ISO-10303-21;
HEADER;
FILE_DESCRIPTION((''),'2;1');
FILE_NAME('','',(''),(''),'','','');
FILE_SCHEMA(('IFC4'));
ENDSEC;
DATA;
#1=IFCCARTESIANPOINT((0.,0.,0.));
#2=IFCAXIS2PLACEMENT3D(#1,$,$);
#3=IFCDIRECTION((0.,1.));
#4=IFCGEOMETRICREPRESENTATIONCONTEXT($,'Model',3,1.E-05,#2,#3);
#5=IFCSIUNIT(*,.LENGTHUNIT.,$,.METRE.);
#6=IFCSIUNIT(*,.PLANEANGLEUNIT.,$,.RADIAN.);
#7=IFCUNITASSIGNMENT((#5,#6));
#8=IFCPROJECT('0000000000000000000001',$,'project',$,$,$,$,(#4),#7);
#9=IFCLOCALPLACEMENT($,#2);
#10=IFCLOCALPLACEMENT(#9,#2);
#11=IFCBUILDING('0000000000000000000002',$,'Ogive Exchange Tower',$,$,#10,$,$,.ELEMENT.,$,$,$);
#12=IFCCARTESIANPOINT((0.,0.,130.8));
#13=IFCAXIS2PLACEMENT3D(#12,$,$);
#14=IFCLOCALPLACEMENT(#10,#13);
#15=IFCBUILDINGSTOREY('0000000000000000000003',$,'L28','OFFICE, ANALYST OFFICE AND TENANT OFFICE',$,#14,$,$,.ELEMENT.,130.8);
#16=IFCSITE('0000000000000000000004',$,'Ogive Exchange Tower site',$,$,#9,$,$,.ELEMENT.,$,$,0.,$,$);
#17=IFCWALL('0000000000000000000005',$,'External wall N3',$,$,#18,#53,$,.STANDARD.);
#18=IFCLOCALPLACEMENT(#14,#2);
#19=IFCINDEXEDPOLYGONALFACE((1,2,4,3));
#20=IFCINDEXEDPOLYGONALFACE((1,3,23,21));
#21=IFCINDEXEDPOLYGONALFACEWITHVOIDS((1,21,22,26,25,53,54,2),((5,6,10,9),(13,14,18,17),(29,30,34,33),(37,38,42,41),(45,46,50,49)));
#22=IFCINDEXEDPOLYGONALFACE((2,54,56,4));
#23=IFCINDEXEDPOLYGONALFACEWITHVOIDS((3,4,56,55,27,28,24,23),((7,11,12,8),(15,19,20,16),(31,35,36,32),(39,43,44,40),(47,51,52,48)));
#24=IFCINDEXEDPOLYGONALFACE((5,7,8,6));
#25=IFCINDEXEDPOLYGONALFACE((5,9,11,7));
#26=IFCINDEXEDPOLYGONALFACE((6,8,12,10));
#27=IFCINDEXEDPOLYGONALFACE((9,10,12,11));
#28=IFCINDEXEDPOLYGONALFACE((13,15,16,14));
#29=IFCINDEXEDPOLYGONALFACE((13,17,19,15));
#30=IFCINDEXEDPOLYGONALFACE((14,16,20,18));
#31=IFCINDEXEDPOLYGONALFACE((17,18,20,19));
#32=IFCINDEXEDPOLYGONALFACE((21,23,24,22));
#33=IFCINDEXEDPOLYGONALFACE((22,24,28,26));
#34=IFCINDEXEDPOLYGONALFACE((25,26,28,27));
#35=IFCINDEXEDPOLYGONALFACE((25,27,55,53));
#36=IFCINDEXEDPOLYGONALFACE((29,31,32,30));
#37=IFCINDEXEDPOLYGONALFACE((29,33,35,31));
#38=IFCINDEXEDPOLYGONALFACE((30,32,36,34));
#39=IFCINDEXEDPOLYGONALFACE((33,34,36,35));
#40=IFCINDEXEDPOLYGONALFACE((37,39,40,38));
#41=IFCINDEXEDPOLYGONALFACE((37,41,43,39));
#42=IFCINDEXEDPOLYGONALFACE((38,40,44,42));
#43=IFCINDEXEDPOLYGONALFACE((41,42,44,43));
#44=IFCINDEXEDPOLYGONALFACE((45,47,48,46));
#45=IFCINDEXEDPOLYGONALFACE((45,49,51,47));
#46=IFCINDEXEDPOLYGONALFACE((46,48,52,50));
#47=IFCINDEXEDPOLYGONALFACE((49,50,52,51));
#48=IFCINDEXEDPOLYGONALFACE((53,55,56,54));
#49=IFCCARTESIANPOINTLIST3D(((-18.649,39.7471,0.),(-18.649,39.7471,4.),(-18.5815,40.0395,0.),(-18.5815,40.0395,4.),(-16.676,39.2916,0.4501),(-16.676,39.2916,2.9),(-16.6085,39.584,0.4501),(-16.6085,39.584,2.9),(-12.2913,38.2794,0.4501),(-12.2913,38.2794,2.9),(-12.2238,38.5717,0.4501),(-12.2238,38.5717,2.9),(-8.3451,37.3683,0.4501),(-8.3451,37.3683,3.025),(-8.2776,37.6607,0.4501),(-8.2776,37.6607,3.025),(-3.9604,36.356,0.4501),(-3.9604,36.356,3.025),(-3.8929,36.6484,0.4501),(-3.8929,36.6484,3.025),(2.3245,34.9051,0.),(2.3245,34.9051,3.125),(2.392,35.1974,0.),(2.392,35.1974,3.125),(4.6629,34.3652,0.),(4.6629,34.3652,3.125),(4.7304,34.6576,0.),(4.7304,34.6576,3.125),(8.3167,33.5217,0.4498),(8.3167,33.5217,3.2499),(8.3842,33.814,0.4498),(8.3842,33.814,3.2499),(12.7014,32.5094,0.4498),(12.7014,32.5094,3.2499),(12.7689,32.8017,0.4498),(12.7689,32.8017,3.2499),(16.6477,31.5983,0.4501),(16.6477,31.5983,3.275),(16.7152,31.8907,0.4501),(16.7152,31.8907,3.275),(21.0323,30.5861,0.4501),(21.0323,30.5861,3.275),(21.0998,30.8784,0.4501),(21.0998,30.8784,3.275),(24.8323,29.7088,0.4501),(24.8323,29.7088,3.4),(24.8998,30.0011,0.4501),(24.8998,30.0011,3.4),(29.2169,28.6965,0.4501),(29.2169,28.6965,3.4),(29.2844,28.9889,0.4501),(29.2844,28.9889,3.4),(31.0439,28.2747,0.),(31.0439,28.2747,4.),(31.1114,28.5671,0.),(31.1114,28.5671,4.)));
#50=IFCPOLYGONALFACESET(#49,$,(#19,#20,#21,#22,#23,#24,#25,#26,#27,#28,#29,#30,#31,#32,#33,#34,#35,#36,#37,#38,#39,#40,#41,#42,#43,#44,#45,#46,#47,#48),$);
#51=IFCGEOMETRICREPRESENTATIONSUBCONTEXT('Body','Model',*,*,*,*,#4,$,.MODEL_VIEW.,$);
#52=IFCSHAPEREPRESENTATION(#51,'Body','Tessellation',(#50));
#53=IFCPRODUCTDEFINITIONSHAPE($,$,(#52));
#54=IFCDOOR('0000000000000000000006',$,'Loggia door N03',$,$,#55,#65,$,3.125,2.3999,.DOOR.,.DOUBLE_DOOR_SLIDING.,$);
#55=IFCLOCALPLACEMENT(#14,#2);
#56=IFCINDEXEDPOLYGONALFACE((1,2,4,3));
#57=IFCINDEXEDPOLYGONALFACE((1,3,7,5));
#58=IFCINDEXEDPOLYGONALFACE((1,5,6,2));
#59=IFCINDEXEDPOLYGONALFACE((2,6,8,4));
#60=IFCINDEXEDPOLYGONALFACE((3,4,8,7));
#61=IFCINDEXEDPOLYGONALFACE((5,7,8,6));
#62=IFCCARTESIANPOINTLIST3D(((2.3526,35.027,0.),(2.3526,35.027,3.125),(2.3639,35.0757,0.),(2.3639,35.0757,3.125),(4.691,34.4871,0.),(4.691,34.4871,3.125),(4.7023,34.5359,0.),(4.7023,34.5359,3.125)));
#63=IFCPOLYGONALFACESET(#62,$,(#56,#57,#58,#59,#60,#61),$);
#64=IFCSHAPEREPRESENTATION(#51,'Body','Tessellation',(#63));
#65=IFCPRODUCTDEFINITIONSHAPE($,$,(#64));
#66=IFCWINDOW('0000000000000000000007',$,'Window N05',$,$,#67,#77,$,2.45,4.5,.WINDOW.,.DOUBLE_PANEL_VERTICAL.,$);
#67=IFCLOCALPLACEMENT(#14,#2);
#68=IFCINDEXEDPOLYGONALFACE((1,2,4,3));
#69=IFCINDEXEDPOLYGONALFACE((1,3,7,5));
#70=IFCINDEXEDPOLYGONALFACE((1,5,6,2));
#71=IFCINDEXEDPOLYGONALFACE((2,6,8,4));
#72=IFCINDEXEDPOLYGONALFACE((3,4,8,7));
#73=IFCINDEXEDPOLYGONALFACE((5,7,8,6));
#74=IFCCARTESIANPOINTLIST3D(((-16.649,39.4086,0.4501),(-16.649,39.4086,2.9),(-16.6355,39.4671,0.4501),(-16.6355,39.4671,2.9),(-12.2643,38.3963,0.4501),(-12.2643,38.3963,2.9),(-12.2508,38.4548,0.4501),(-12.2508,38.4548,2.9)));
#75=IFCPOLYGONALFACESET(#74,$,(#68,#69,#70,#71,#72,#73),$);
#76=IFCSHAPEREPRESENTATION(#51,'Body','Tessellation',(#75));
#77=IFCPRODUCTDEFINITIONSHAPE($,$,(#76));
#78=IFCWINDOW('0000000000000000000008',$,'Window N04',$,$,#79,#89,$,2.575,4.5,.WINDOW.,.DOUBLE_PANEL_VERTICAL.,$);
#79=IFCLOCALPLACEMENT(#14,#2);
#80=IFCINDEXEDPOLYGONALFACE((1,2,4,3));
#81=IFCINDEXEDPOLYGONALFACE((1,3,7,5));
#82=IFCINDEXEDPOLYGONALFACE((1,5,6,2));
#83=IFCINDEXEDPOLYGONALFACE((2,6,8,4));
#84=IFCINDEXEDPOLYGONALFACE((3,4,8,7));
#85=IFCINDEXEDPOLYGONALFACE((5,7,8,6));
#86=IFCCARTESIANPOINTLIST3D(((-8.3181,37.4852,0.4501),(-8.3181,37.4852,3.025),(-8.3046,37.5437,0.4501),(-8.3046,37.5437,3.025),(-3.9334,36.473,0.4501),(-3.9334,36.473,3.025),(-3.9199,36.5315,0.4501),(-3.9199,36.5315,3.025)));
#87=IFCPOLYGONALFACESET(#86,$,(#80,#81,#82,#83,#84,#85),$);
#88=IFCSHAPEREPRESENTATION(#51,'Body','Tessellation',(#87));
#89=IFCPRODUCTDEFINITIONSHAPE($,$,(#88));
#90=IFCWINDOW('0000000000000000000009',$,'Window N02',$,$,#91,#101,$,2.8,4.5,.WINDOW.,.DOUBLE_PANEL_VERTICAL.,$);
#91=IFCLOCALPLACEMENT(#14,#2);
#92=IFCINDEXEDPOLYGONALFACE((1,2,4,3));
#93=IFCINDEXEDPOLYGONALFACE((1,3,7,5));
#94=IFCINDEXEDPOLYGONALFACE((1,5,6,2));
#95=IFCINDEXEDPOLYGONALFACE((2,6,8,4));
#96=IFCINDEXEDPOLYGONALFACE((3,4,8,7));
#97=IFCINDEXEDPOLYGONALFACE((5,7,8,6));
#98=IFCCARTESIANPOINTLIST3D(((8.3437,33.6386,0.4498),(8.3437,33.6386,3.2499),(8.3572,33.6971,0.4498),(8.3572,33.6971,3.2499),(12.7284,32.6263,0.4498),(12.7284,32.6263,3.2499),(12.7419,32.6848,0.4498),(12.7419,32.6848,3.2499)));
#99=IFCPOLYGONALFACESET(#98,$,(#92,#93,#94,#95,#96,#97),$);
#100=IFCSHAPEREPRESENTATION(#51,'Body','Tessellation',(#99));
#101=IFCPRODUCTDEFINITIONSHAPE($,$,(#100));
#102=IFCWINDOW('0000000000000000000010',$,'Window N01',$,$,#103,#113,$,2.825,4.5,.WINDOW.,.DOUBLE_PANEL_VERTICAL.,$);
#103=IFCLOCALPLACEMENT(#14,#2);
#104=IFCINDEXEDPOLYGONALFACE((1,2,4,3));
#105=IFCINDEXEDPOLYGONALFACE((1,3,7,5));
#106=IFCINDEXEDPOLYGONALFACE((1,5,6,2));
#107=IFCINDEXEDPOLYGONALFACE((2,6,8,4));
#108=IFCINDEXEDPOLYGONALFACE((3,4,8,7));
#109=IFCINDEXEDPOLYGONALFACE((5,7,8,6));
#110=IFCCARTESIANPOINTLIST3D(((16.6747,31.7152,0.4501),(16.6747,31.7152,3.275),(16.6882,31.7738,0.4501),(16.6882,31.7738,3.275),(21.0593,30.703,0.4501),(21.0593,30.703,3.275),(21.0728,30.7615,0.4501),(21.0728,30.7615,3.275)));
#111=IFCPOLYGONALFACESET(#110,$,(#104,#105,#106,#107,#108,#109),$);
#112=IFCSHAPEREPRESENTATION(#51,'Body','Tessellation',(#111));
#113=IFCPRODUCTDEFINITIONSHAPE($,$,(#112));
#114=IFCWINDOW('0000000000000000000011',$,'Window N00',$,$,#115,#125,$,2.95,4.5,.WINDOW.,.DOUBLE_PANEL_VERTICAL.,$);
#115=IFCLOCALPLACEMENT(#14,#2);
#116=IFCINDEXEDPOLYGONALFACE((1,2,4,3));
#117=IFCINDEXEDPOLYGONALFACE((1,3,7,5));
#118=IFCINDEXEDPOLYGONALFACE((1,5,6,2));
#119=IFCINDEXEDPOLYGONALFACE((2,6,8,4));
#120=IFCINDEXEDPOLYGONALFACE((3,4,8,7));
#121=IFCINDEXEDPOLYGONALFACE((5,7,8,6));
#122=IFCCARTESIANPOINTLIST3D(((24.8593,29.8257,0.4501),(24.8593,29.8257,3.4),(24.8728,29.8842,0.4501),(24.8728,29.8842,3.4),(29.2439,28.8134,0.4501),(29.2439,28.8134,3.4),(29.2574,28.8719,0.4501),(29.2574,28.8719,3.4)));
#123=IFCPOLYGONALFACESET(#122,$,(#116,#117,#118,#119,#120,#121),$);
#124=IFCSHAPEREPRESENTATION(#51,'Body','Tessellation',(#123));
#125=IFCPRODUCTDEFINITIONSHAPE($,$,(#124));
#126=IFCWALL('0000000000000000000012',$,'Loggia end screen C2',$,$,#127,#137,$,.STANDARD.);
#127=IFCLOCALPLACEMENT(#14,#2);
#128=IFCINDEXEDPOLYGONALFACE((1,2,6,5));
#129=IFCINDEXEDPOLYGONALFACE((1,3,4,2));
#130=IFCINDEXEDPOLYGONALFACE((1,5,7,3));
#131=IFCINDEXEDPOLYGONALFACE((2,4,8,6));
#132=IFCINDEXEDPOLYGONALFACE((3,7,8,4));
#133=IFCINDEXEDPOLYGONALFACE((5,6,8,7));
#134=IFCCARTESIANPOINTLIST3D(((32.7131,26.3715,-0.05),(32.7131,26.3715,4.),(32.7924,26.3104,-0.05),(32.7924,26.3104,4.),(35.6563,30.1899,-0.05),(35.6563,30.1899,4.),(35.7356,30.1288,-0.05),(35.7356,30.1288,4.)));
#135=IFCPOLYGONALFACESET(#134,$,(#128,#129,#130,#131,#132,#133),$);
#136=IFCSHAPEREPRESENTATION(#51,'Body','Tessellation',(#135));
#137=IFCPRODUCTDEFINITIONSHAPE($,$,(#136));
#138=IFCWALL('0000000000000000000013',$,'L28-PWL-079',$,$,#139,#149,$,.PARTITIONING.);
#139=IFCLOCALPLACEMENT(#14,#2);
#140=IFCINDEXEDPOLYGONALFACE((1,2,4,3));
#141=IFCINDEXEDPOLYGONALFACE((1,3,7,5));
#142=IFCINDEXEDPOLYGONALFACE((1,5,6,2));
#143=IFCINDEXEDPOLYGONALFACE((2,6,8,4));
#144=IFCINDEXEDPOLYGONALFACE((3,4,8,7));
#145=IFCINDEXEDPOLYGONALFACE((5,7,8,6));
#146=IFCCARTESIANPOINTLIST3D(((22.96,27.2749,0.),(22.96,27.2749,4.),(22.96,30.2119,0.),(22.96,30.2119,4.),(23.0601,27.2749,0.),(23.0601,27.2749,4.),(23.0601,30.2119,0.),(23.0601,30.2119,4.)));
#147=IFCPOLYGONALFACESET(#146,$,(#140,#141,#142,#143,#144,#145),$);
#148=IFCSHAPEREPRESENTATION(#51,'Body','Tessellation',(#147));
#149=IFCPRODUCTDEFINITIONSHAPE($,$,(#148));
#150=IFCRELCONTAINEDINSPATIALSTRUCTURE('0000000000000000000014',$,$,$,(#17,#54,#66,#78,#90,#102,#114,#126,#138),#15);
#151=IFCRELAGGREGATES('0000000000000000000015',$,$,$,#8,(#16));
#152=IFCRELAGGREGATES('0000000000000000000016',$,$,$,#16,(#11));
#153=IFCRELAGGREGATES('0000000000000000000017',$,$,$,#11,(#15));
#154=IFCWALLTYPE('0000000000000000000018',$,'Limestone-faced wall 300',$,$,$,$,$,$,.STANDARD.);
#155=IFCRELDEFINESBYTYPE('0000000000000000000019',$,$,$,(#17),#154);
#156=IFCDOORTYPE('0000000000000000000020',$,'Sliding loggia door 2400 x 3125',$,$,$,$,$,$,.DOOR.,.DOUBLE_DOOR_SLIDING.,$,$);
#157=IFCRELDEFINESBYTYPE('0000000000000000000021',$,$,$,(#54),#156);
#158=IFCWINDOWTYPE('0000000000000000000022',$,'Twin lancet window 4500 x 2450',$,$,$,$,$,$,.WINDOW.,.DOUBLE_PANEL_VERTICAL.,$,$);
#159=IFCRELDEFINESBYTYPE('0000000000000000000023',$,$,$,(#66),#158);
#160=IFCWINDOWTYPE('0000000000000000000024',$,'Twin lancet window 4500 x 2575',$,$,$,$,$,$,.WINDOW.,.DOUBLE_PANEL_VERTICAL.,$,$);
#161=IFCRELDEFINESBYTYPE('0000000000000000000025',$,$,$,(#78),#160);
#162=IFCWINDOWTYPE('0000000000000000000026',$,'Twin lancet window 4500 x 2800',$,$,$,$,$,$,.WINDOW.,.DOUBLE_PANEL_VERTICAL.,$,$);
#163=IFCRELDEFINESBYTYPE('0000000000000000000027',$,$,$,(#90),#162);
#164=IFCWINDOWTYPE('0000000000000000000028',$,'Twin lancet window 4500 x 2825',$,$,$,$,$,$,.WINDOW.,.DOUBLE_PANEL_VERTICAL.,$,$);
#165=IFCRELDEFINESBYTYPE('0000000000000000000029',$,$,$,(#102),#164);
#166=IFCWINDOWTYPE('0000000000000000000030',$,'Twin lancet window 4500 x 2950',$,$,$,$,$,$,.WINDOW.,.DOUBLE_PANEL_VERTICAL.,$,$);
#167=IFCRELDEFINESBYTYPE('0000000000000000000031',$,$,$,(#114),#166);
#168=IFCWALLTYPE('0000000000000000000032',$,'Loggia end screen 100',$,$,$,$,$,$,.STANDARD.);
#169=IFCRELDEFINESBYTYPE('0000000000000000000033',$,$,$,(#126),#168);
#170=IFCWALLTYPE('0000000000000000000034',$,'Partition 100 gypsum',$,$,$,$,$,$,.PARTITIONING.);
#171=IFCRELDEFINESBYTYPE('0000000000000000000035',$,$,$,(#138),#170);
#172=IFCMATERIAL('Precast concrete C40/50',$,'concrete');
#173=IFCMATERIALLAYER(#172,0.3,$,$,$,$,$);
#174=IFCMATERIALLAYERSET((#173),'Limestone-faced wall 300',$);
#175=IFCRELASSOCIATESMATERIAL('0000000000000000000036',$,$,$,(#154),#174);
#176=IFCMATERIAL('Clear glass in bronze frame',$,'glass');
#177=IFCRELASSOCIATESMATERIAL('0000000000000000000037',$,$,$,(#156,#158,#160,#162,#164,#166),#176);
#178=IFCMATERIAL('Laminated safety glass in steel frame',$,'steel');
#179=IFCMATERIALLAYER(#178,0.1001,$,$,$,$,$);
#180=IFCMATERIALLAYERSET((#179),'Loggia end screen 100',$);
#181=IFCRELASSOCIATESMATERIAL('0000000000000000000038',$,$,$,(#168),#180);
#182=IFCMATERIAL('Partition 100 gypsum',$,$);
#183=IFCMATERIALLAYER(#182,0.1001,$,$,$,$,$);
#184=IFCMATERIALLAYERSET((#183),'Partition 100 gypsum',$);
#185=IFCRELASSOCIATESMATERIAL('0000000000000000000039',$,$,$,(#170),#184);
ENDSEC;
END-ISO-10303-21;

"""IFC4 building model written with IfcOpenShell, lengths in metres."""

from ifc_helpers import new_model, si_unit, direction, frame, frame_2d, origin, place, context, subcontext, project, spatial, rectangle, extrude, material, layer, layer_set, type_object, element, fill, save


model = new_model("IFC4")

# Units and contexts
model_context = context("Model", 3, precision=1e-05, world=origin(), true_north=direction((0.0, 1.0)))
body_context = subcontext(model_context, "Body", "Model", "MODEL_VIEW")
ifc_project = project(units=[si_unit("LENGTHUNIT", "METRE"), si_unit("PLANEANGLEUNIT", "RADIAN")], contexts=[model_context])

# Site, building, storey
site_placement = place(None, origin())
site = spatial("IfcSite", under=ifc_project, at=site_placement, Name="Ogive Exchange Tower site", CompositionType="ELEMENT", RefElevation=0.0)
building_placement = place(site_placement, origin())
building = spatial("IfcBuilding", under=site, at=building_placement, Name="Ogive Exchange Tower", CompositionType="ELEMENT")
storey_placement = place(building_placement, frame((0.0, 0.0, 130.8)))
storey = spatial("IfcBuildingStorey", under=building, at=storey_placement, Name="L28", Description="OFFICE, ANALYST OFFICE AND TENANT OFFICE", CompositionType="ELEMENT", Elevation=130.8)

# Wall, openings, door, windows
ifc_material_1 = material(Name="Precast concrete C40/50", Category="concrete")
ifc_layer_1 = layer(ifc_material_1, 0.3)
ifc_layer_set_1 = layer_set([ifc_layer_1], Name="Limestone-faced wall 300")
wall_type_1 = type_object("IfcWallType", Name="Limestone-faced wall 300", PredefinedType="STANDARD", material=ifc_layer_set_1)
wall_1_placement = place(storey_placement, frame((31.0776, 28.4209, 0.0), z_axis=(0.0, 0.0, 1.0), x_axis=(-0.97437, 0.224949, 0.0)))
wall_1 = element("IfcWall", 1, at=wall_1_placement, inside=storey, type_object=wall_type_1, Name="External wall N3", PredefinedType="STANDARD", context=body_context, shape_type="SweptSolid", body=[
    extrude(rectangle(XDim=51.0, YDim=0.3, at=frame_2d((25.5, 0.0))), origin(), (0.0, 0.0, 1.0), 4.0),
])
opening_1_placement = place(wall_1_placement, frame((1.875, 0.0, 0.45)))
opening_1 = element("IfcOpeningElement", 2, at=opening_1_placement, cuts=wall_1, PredefinedType="OPENING", context=body_context, shape_type="SweptSolid", body=[
    extrude(rectangle(XDim=4.5, YDim=2.95, at=frame_2d((2.25, 1.4751))), frame((0.0, 0.1599, 0.0), z_axis=(0.0, -1.0, 0.0), x_axis=(1.0, 0.0, 0.0)), (0.0, 0.0, 1.0), 0.3201),
])
opening_2_placement = place(wall_1_placement, frame((10.2749, 0.0, 0.45)))
opening_2 = element("IfcOpeningElement", 3, at=opening_2_placement, cuts=wall_1, PredefinedType="OPENING", context=body_context, shape_type="SweptSolid", body=[
    extrude(rectangle(XDim=4.5, YDim=2.825, at=frame_2d((2.25, 1.4126))), frame((0.0, 0.1599, 0.0), z_axis=(0.0, -1.0, 0.0), x_axis=(1.0, 0.0, 0.0)), (0.0, 0.0, 1.0), 0.3201),
])
opening_3_placement = place(wall_1_placement, frame((18.825, 0.0, 0.45)))
opening_3 = element("IfcOpeningElement", 4, at=opening_3_placement, cuts=wall_1, PredefinedType="OPENING", context=body_context, shape_type="SweptSolid", body=[
    extrude(rectangle(XDim=4.5, YDim=2.8, at=frame_2d((2.25, 1.3999))), frame((0.0, 0.1599, 0.0), z_axis=(0.0, -1.0, 0.0), x_axis=(1.0, 0.0, 0.0)), (0.0, 0.0, 1.0), 0.3201),
])
opening_4_placement = place(wall_1_placement, frame((27.075, 0.0, 0.0)))
opening_4 = element("IfcOpeningElement", 5, at=opening_4_placement, cuts=wall_1, PredefinedType="OPENING", context=body_context, shape_type="SweptSolid", body=[
    extrude(rectangle(XDim=2.3999, YDim=3.125, at=frame_2d((1.2, 1.5625))), frame((0.0, 0.1599, 0.0), z_axis=(0.0, -1.0, 0.0), x_axis=(1.0, 0.0, 0.0)), (0.0, 0.0, 1.0), 0.3201),
])
opening_5_placement = place(wall_1_placement, frame((35.925, 0.0, 0.45)))
opening_5 = element("IfcOpeningElement", 6, at=opening_5_placement, cuts=wall_1, PredefinedType="OPENING", context=body_context, shape_type="SweptSolid", body=[
    extrude(rectangle(XDim=4.5, YDim=2.575, at=frame_2d((2.25, 1.2876))), frame((0.0, 0.1599, 0.0), z_axis=(0.0, -1.0, 0.0), x_axis=(1.0, 0.0, 0.0)), (0.0, 0.0, 1.0), 0.3201),
])
opening_6_placement = place(wall_1_placement, frame((44.4751, 0.0, 0.45)))
opening_6 = element("IfcOpeningElement", 7, at=opening_6_placement, cuts=wall_1, PredefinedType="OPENING", context=body_context, shape_type="SweptSolid", body=[
    extrude(rectangle(XDim=4.5, YDim=2.45, at=frame_2d((2.25, 1.2251))), frame((0.0, 0.1599, 0.0), z_axis=(0.0, -1.0, 0.0), x_axis=(1.0, 0.0, 0.0)), (0.0, 0.0, 1.0), 0.3201),
])
ifc_material_2 = material(Name="Clear glass in bronze frame", Category="glass")
door_type_1 = type_object("IfcDoorType", Name="Sliding loggia door 2400 x 3125", OperationType="DOUBLE_DOOR_SLIDING", PredefinedType="DOOR", material=ifc_material_2)
door_1_placement = place(opening_4_placement, origin())
door_1 = element("IfcDoor", 8, at=door_1_placement, inside=storey, type_object=door_type_1, Name="Loggia door N03", OperationType="DOUBLE_DOOR_SLIDING", OverallHeight=3.125, OverallWidth=2.3999, PredefinedType="DOOR", context=body_context, shape_type="SweptSolid", body=[
    extrude(rectangle(XDim=2.3999, YDim=3.125, at=frame_2d((1.2, 1.5625))), frame((0.0, 0.0249, 0.0), z_axis=(0.0, -1.0, 0.0), x_axis=(1.0, 0.0, 0.0)), (0.0, 0.0, 1.0), 0.05),
])
fill(opening_4, door_1)
window_type_1 = type_object("IfcWindowType", Name="Twin lancet window 4500 x 2450", PartitioningType="DOUBLE_PANEL_VERTICAL", PredefinedType="WINDOW", material=ifc_material_2)
window_1_placement = place(opening_6_placement, origin())
window_1 = element("IfcWindow", 9, at=window_1_placement, inside=storey, type_object=window_type_1, Name="Window N05", OverallHeight=2.45, OverallWidth=4.5, PartitioningType="DOUBLE_PANEL_VERTICAL", PredefinedType="WINDOW", context=body_context, shape_type="SweptSolid", body=[
    extrude(rectangle(XDim=4.5, YDim=2.45, at=frame_2d((2.25, 1.2251))), frame((0.0, 0.03, 0.0), z_axis=(0.0, -1.0, 0.0), x_axis=(1.0, 0.0, 0.0)), (0.0, 0.0, 1.0), 0.0601),
])
fill(opening_6, window_1)
window_type_2 = type_object("IfcWindowType", Name="Twin lancet window 4500 x 2575", PartitioningType="DOUBLE_PANEL_VERTICAL", PredefinedType="WINDOW", material=ifc_material_2)
window_2_placement = place(opening_5_placement, origin())
window_2 = element("IfcWindow", 10, at=window_2_placement, inside=storey, type_object=window_type_2, Name="Window N04", OverallHeight=2.575, OverallWidth=4.5, PartitioningType="DOUBLE_PANEL_VERTICAL", PredefinedType="WINDOW", context=body_context, shape_type="SweptSolid", body=[
    extrude(rectangle(XDim=4.5, YDim=2.575, at=frame_2d((2.25, 1.2876))), frame((0.0, 0.03, 0.0), z_axis=(0.0, -1.0, 0.0), x_axis=(1.0, 0.0, 0.0)), (0.0, 0.0, 1.0), 0.0601),
])
fill(opening_5, window_2)
window_type_3 = type_object("IfcWindowType", Name="Twin lancet window 4500 x 2800", PartitioningType="DOUBLE_PANEL_VERTICAL", PredefinedType="WINDOW", material=ifc_material_2)
window_3_placement = place(opening_3_placement, origin())
window_3 = element("IfcWindow", 11, at=window_3_placement, inside=storey, type_object=window_type_3, Name="Window N02", OverallHeight=2.8, OverallWidth=4.5, PartitioningType="DOUBLE_PANEL_VERTICAL", PredefinedType="WINDOW", context=body_context, shape_type="SweptSolid", body=[
    extrude(rectangle(XDim=4.5, YDim=2.8, at=frame_2d((2.25, 1.3999))), frame((0.0, 0.03, 0.0), z_axis=(0.0, -1.0, 0.0), x_axis=(1.0, 0.0, 0.0)), (0.0, 0.0, 1.0), 0.0601),
])
fill(opening_3, window_3)
window_type_4 = type_object("IfcWindowType", Name="Twin lancet window 4500 x 2825", PartitioningType="DOUBLE_PANEL_VERTICAL", PredefinedType="WINDOW", material=ifc_material_2)
window_4_placement = place(opening_2_placement, origin())
window_4 = element("IfcWindow", 12, at=window_4_placement, inside=storey, type_object=window_type_4, Name="Window N01", OverallHeight=2.825, OverallWidth=4.5, PartitioningType="DOUBLE_PANEL_VERTICAL", PredefinedType="WINDOW", context=body_context, shape_type="SweptSolid", body=[
    extrude(rectangle(XDim=4.5, YDim=2.825, at=frame_2d((2.25, 1.4126))), frame((0.0, 0.03, 0.0), z_axis=(0.0, -1.0, 0.0), x_axis=(1.0, 0.0, 0.0)), (0.0, 0.0, 1.0), 0.0601),
])
fill(opening_2, window_4)
window_type_5 = type_object("IfcWindowType", Name="Twin lancet window 4500 x 2950", PartitioningType="DOUBLE_PANEL_VERTICAL", PredefinedType="WINDOW", material=ifc_material_2)
window_5_placement = place(opening_1_placement, origin())
window_5 = element("IfcWindow", 13, at=window_5_placement, inside=storey, type_object=window_type_5, Name="Window N00", OverallHeight=2.95, OverallWidth=4.5, PartitioningType="DOUBLE_PANEL_VERTICAL", PredefinedType="WINDOW", context=body_context, shape_type="SweptSolid", body=[
    extrude(rectangle(XDim=4.5, YDim=2.95, at=frame_2d((2.25, 1.4751))), frame((0.0, 0.03, 0.0), z_axis=(0.0, -1.0, 0.0), x_axis=(1.0, 0.0, 0.0)), (0.0, 0.0, 1.0), 0.0601),
])
fill(opening_1, window_5)

# Walls
ifc_material_3 = material(Name="Laminated safety glass in steel frame", Category="steel")
ifc_layer_2 = layer(ifc_material_3, 0.1001)
ifc_layer_set_2 = layer_set([ifc_layer_2], Name="Loggia end screen 100")
wall_type_2 = type_object("IfcWallType", Name="Loggia end screen 100", PredefinedType="STANDARD", material=ifc_layer_set_2)
wall_2_placement = place(storey_placement, frame((32.7527, 26.3408, -0.05), z_axis=(0.0, 0.0, 1.0), x_axis=(0.610481, 0.792031, 0.0)))
element("IfcWall", 14, at=wall_2_placement, inside=storey, type_object=wall_type_2, Name="Loggia end screen C2", PredefinedType="STANDARD", context=body_context, shape_type="SweptSolid", body=[
    extrude(rectangle(XDim=4.821, YDim=0.1001, at=frame_2d((2.4106, 0.0))), origin(), (0.0, 0.0, 1.0), 4.05),
])
ifc_material_4 = material(Name="Partition 100 gypsum")
ifc_layer_3 = layer(ifc_material_4, 0.1001)
ifc_layer_set_3 = layer_set([ifc_layer_3], Name="Partition 100 gypsum")
wall_type_3 = type_object("IfcWallType", Name="Partition 100 gypsum", PredefinedType="PARTITIONING", material=ifc_layer_set_3)
wall_3_placement = place(storey_placement, frame((23.01, 30.2119, 0.0), z_axis=(0.0, 0.0, 1.0), x_axis=(0.0, -1.0, 0.0)))
element("IfcWall", 15, at=wall_3_placement, inside=storey, type_object=wall_type_3, Name="L28-PWL-079", PredefinedType="PARTITIONING", context=body_context, shape_type="SweptSolid", body=[
    extrude(rectangle(XDim=2.937, YDim=0.1001, at=frame_2d((1.4685, 0.0))), origin(), (0.0, 0.0, 1.0), 4.0),
])

save(model, "model.ifc")
